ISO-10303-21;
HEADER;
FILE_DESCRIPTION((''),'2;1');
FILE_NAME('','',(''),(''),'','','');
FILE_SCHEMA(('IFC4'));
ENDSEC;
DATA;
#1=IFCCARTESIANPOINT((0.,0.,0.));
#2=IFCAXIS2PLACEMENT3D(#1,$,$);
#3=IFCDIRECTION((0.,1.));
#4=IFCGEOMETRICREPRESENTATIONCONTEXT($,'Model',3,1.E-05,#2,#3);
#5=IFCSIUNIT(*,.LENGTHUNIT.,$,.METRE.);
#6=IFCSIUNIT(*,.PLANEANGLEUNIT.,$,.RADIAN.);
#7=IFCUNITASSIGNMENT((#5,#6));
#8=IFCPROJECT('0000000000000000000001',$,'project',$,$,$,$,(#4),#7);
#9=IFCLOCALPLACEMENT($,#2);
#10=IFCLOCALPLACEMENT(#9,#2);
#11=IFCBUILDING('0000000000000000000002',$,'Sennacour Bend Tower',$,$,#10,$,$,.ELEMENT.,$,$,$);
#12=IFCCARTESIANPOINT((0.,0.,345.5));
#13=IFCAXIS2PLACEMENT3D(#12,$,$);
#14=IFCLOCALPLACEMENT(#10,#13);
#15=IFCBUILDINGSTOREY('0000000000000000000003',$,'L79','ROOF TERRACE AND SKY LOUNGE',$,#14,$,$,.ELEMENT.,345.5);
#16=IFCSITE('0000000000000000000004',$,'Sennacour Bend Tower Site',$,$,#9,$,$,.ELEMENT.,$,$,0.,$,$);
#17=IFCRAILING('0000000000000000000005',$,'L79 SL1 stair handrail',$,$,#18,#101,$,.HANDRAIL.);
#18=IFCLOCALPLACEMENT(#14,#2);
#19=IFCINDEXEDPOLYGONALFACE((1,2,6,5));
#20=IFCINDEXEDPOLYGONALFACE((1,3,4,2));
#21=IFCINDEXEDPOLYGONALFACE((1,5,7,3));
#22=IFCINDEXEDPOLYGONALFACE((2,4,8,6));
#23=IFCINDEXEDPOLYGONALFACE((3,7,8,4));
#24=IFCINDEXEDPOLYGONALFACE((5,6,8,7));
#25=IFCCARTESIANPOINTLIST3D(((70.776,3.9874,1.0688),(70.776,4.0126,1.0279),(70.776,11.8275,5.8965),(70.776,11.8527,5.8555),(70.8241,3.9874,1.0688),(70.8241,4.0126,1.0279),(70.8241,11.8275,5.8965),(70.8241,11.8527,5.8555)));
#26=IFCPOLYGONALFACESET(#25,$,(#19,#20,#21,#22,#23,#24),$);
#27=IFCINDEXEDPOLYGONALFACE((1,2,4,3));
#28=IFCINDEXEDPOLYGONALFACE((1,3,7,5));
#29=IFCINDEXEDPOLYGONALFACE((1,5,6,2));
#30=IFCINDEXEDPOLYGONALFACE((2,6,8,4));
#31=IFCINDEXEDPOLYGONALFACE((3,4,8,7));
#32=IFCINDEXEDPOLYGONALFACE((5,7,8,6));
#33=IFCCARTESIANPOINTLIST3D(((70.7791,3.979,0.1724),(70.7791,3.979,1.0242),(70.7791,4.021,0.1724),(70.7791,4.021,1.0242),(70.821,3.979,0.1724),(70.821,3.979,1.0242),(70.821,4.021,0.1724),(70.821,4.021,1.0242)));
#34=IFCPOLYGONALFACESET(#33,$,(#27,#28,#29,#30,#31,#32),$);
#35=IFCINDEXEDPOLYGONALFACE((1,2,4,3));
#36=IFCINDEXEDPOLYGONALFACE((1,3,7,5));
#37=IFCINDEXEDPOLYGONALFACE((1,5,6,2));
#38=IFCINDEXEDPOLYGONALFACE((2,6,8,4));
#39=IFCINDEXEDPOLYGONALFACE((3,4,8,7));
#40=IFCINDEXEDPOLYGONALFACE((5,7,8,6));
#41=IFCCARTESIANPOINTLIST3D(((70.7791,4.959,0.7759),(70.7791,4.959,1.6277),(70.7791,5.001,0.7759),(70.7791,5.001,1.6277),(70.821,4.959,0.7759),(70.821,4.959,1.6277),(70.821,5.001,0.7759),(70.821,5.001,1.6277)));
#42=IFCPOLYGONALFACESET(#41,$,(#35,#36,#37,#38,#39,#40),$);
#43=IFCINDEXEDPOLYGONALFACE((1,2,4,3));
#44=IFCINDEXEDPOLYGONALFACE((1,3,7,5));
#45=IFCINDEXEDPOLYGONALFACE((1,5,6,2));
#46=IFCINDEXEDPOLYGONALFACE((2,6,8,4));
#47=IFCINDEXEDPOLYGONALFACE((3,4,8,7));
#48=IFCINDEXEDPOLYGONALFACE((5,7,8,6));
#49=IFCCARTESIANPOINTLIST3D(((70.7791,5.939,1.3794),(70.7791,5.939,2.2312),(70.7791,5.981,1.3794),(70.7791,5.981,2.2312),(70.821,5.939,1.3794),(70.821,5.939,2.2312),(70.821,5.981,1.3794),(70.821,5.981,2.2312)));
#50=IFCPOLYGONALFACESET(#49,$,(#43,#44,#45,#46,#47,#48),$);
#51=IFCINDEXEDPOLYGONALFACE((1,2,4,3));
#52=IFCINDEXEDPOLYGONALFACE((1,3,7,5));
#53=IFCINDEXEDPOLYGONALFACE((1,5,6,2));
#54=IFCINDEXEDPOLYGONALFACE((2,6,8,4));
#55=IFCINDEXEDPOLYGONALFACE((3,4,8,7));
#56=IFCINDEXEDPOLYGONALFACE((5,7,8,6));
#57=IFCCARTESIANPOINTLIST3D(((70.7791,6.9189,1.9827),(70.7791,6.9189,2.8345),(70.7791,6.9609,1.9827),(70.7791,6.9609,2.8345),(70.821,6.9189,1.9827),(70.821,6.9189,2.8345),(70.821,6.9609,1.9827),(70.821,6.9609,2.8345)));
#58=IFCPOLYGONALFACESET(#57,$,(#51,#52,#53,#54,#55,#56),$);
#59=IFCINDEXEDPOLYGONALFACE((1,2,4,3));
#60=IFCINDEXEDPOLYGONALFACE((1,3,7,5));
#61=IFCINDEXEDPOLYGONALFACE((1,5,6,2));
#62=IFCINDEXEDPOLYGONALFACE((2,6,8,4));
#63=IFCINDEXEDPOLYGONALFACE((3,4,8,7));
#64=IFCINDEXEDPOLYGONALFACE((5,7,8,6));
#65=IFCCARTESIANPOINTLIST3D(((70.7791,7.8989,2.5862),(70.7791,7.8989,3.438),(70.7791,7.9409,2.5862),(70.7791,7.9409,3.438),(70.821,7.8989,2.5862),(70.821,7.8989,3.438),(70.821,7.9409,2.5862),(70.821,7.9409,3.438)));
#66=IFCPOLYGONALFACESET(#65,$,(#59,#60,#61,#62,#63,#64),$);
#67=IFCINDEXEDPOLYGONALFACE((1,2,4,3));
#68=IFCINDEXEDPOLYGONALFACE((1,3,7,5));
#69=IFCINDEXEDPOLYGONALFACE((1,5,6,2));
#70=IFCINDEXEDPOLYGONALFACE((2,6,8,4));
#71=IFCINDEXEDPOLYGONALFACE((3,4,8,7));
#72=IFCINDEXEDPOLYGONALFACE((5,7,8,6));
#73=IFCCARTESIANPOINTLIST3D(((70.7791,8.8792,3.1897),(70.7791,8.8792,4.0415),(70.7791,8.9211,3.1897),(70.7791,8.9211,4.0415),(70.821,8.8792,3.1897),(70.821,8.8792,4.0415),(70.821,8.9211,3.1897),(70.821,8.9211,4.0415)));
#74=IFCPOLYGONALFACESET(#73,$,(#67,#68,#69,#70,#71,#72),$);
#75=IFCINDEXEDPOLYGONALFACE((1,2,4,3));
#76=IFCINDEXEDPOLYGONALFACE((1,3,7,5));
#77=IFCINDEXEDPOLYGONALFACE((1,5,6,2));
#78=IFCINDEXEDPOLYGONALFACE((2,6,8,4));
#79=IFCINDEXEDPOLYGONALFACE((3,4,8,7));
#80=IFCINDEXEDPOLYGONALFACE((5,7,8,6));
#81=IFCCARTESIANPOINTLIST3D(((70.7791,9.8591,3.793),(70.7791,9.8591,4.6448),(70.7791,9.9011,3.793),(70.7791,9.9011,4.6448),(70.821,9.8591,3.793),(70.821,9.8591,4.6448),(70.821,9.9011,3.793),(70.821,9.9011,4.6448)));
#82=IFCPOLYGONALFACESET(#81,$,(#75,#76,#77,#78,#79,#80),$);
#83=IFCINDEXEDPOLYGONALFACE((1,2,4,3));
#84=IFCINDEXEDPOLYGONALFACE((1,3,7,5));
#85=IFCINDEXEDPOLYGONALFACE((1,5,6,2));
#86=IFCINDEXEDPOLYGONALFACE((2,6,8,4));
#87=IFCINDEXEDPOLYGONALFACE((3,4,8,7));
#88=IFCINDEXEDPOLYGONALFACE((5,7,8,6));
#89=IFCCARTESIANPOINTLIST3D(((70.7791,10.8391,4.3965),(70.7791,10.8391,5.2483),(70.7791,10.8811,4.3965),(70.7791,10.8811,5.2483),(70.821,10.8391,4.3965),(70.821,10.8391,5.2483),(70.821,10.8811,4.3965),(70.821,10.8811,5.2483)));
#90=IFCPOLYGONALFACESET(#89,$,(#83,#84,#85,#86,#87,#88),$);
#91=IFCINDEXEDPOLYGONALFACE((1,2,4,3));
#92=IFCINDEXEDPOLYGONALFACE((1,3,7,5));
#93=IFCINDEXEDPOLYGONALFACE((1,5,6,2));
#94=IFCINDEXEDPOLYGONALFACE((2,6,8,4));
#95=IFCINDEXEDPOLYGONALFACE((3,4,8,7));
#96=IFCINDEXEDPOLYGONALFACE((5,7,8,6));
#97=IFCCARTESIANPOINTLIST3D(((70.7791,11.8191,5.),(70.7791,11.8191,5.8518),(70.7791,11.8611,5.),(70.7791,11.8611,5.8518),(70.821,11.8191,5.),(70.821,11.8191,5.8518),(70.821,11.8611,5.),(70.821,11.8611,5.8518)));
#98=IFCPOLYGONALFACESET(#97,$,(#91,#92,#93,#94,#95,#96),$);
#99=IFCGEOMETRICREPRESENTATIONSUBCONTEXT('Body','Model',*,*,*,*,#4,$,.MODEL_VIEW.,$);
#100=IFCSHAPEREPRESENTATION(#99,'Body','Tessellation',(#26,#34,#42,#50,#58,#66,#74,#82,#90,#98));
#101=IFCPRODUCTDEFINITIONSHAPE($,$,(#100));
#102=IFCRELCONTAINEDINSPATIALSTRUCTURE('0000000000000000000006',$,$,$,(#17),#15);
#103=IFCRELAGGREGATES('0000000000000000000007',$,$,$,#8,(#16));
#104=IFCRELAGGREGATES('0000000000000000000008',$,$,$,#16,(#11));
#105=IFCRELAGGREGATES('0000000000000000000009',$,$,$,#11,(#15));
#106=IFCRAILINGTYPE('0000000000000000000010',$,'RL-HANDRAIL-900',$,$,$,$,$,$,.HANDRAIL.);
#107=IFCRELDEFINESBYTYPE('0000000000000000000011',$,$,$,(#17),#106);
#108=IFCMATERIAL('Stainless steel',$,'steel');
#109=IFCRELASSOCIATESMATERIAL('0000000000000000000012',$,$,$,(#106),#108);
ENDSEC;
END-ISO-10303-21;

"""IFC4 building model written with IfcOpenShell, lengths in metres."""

from ifc_helpers import new_model, si_unit, direction, frame, origin, origin_2d, place, context, subcontext, project, spatial, rectangle, extrude, material, type_object, element, save


model = new_model("IFC4")

# Units and contexts
model_context = context("Model", 3, precision=1e-05, world=origin(), true_north=direction((0.0, 1.0)))
body_context = subcontext(model_context, "Body", "Model", "MODEL_VIEW")
ifc_project = project(units=[si_unit("LENGTHUNIT", "METRE"), si_unit("PLANEANGLEUNIT", "RADIAN")], contexts=[model_context])

# Site, building, storey
site_placement = place(None, origin())
site = spatial("IfcSite", under=ifc_project, at=site_placement, Name="Sennacour Bend Tower Site", CompositionType="ELEMENT", RefElevation=0.0)
building_placement = place(site_placement, origin())
building = spatial("IfcBuilding", under=site, at=building_placement, Name="Sennacour Bend Tower", CompositionType="ELEMENT")
storey_placement = place(building_placement, frame((0.0, 0.0, 345.5)))
storey = spatial("IfcBuildingStorey", under=building, at=storey_placement, Name="L79", Description="ROOF TERRACE AND SKY LOUNGE", CompositionType="ELEMENT", Elevation=345.5)

# Railing
ifc_material_1 = material(Name="Stainless steel", Category="steel")
railing_type_1 = type_object("IfcRailingType", Name="RL-HANDRAIL-900", PredefinedType="HANDRAIL", material=ifc_material_1)
railing_1_placement = place(storey_placement, frame((70.8, 4.0, 0.1724)))
element("IfcRailing", 1, at=railing_1_placement, inside=storey, type_object=railing_type_1, Name="L79 SL1 stair handrail", PredefinedType="HANDRAIL", context=body_context, shape_type="SweptSolid", body=[
    extrude(rectangle(XDim=0.0481, YDim=0.0481, at=origin_2d()), frame((0.0, 0.0, 0.876), z_axis=(0.0, 0.851514, 0.524331), x_axis=(-1.0, 0.0, 0.0)), (0.0, 0.0, 1.0), 9.2073),
    extrude(rectangle(XDim=0.042, YDim=0.042, at=origin_2d()), origin(), (0.0, 0.0, 1.0), 0.8518),
    extrude(rectangle(XDim=0.042, YDim=0.042, at=origin_2d()), frame((0.0, 0.98, 0.6035)), (0.0, 0.0, 1.0), 0.8518),
    extrude(rectangle(XDim=0.042, YDim=0.042, at=origin_2d()), frame((0.0, 1.96, 1.207)), (0.0, 0.0, 1.0), 0.8518),
    extrude(rectangle(XDim=0.042, YDim=0.042, at=origin_2d()), frame((0.0, 2.9399, 1.8103)), (0.0, 0.0, 1.0), 0.8518),
    extrude(rectangle(XDim=0.042, YDim=0.042, at=origin_2d()), frame((0.0, 3.9199, 2.4138)), (0.0, 0.0, 1.0), 0.8518),
    extrude(rectangle(XDim=0.042, YDim=0.042, at=origin_2d()), frame((0.0, 4.9001, 3.0173)), (0.0, 0.0, 1.0), 0.8518),
    extrude(rectangle(XDim=0.042, YDim=0.042, at=origin_2d()), frame((0.0, 5.8801, 3.6206)), (0.0, 0.0, 1.0), 0.8518),
    extrude(rectangle(XDim=0.042, YDim=0.042, at=origin_2d()), frame((0.0, 6.8601, 4.2241)), (0.0, 0.0, 1.0), 0.8518),
    extrude(rectangle(XDim=0.042, YDim=0.042, at=origin_2d()), frame((0.0, 7.8401, 4.8276)), (0.0, 0.0, 1.0), 0.8518),
])

save(model, "model.ifc")
